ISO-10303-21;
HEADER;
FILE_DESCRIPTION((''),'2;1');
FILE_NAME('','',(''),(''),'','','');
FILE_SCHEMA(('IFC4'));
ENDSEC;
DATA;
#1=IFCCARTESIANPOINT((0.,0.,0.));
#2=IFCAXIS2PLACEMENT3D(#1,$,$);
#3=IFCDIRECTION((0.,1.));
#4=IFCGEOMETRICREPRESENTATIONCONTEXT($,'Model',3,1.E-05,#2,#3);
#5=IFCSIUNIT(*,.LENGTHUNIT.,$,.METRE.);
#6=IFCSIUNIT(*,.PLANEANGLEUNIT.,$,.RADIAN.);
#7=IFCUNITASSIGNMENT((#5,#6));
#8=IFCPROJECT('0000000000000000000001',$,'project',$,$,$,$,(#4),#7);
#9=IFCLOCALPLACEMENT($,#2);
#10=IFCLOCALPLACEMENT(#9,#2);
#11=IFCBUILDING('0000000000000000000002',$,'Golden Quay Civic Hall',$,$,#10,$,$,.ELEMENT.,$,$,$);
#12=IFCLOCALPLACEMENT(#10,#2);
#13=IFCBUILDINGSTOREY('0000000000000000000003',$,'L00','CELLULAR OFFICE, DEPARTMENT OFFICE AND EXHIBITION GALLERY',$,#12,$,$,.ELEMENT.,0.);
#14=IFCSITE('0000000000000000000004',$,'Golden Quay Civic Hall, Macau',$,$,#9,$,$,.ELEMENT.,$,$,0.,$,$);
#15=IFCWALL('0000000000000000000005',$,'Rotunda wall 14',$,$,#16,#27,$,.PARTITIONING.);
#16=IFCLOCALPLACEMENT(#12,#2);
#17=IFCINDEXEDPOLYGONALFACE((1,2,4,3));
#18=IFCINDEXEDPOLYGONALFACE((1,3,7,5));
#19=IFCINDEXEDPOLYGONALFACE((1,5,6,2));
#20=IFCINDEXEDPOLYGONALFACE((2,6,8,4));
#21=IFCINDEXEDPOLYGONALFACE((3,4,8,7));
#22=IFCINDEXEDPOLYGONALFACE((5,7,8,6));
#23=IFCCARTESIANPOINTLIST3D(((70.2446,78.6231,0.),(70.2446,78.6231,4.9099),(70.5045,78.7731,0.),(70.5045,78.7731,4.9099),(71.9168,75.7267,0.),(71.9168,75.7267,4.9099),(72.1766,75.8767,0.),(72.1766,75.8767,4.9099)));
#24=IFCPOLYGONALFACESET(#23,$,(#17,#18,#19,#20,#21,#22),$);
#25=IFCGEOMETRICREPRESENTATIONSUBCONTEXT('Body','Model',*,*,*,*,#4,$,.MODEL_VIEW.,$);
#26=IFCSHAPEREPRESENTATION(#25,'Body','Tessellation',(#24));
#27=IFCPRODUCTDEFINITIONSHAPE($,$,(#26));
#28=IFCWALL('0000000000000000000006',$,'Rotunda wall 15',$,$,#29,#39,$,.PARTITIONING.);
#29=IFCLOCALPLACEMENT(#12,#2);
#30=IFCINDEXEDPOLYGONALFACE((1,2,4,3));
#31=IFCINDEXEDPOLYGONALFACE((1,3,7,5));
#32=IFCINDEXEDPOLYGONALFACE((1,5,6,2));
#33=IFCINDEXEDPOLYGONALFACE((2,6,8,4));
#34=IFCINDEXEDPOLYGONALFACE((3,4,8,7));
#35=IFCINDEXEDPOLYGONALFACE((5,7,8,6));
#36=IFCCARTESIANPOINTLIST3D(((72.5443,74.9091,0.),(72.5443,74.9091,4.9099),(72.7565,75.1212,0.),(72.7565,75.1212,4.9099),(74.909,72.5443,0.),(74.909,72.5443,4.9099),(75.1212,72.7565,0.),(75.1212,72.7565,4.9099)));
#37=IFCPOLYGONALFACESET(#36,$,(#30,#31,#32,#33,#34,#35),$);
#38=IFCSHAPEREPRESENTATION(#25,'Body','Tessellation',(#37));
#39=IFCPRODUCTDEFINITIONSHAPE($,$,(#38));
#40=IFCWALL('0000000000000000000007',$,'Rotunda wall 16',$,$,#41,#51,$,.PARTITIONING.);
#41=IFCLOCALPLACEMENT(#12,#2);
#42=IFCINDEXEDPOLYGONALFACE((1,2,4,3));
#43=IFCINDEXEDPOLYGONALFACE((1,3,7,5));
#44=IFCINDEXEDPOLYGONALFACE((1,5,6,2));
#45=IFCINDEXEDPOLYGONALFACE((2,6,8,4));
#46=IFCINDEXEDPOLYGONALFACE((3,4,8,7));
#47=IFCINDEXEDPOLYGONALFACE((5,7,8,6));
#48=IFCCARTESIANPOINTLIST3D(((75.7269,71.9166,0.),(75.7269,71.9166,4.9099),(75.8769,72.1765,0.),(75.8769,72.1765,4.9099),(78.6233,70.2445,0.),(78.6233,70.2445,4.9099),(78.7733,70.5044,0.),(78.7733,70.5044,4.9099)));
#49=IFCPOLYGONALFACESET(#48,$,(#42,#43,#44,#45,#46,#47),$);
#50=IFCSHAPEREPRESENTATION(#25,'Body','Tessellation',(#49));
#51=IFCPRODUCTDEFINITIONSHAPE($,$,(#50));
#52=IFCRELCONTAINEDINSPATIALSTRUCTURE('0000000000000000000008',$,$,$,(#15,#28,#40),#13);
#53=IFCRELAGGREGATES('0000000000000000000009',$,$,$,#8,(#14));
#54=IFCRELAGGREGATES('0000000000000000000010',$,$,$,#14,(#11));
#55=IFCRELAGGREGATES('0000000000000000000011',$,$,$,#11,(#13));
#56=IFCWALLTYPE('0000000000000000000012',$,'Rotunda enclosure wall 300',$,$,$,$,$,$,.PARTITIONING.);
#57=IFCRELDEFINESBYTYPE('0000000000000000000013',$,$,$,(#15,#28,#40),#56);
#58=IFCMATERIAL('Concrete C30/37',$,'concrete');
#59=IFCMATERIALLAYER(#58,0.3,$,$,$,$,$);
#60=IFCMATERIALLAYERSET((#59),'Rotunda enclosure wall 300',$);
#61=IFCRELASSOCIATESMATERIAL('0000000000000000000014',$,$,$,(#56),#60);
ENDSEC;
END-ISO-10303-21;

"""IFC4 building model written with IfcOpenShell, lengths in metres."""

from ifc_helpers import new_model, si_unit, direction, frame, frame_2d, origin, place, context, subcontext, project, spatial, rectangle, extrude, material, layer, layer_set, type_object, element, save


model = new_model("IFC4")

# Units and contexts
model_context = context("Model", 3, precision=1e-05, world=origin(), true_north=direction((0.0, 1.0)))
body_context = subcontext(model_context, "Body", "Model", "MODEL_VIEW")
ifc_project = project(units=[si_unit("LENGTHUNIT", "METRE"), si_unit("PLANEANGLEUNIT", "RADIAN")], contexts=[model_context])

# Site, building, storey
site_placement = place(None, origin())
site = spatial("IfcSite", under=ifc_project, at=site_placement, Name="Golden Quay Civic Hall, Macau", CompositionType="ELEMENT", RefElevation=0.0)
building_placement = place(site_placement, origin())
building = spatial("IfcBuilding", under=site, at=building_placement, Name="Golden Quay Civic Hall", CompositionType="ELEMENT")
storey_placement = place(building_placement, origin())
storey = spatial("IfcBuildingStorey", under=building, at=storey_placement, Name="L00", Description="CELLULAR OFFICE, DEPARTMENT OFFICE AND EXHIBITION GALLERY", CompositionType="ELEMENT", Elevation=0.0)

# Walls
ifc_material_1 = material(Name="Concrete C30/37", Category="concrete")
ifc_layer_1 = layer(ifc_material_1, 0.3)
ifc_layer_set_1 = layer_set([ifc_layer_1], Name="Rotunda enclosure wall 300")
wall_type_1 = type_object("IfcWallType", Name="Rotunda enclosure wall 300", PredefinedType="PARTITIONING", material=ifc_layer_set_1)
wall_1_placement = place(storey_placement, frame((70.3745, 78.6982, 0.0), z_axis=(0.0, 0.0, 1.0), x_axis=(0.499963, -0.866047, 0.0)))
element("IfcWall", 1, at=wall_1_placement, inside=storey, type_object=wall_type_1, Name="Rotunda wall 14", PredefinedType="PARTITIONING", context=body_context, shape_type="SweptSolid", body=[
    extrude(rectangle(XDim=3.3445, YDim=0.3, at=frame_2d((1.6724, 0.0))), origin(), (0.0, 0.0, 1.0), 4.9099),
])
wall_2_placement = place(storey_placement, frame((72.6504, 75.0151, 0.0), z_axis=(0.0, 0.0, 1.0), x_axis=(0.707107, -0.707107, 0.0)))
element("IfcWall", 2, at=wall_2_placement, inside=storey, type_object=wall_type_1, Name="Rotunda wall 15", PredefinedType="PARTITIONING", context=body_context, shape_type="SweptSolid", body=[
    extrude(rectangle(XDim=3.3442, YDim=0.3, at=frame_2d((1.6721, 0.0))), origin(), (0.0, 0.0, 1.0), 4.9099),
])
wall_3_placement = place(storey_placement, frame((75.8018, 72.0466, 0.0), z_axis=(0.0, 0.0, 1.0), x_axis=(0.866047, -0.499963, 0.0)))
element("IfcWall", 3, at=wall_3_placement, inside=storey, type_object=wall_type_1, Name="Rotunda wall 16", PredefinedType="PARTITIONING", context=body_context, shape_type="SweptSolid", body=[
    extrude(rectangle(XDim=3.3445, YDim=0.3, at=frame_2d((1.6724, 0.0))), origin(), (0.0, 0.0, 1.0), 4.9099),
])

save(model, "model.ifc")
